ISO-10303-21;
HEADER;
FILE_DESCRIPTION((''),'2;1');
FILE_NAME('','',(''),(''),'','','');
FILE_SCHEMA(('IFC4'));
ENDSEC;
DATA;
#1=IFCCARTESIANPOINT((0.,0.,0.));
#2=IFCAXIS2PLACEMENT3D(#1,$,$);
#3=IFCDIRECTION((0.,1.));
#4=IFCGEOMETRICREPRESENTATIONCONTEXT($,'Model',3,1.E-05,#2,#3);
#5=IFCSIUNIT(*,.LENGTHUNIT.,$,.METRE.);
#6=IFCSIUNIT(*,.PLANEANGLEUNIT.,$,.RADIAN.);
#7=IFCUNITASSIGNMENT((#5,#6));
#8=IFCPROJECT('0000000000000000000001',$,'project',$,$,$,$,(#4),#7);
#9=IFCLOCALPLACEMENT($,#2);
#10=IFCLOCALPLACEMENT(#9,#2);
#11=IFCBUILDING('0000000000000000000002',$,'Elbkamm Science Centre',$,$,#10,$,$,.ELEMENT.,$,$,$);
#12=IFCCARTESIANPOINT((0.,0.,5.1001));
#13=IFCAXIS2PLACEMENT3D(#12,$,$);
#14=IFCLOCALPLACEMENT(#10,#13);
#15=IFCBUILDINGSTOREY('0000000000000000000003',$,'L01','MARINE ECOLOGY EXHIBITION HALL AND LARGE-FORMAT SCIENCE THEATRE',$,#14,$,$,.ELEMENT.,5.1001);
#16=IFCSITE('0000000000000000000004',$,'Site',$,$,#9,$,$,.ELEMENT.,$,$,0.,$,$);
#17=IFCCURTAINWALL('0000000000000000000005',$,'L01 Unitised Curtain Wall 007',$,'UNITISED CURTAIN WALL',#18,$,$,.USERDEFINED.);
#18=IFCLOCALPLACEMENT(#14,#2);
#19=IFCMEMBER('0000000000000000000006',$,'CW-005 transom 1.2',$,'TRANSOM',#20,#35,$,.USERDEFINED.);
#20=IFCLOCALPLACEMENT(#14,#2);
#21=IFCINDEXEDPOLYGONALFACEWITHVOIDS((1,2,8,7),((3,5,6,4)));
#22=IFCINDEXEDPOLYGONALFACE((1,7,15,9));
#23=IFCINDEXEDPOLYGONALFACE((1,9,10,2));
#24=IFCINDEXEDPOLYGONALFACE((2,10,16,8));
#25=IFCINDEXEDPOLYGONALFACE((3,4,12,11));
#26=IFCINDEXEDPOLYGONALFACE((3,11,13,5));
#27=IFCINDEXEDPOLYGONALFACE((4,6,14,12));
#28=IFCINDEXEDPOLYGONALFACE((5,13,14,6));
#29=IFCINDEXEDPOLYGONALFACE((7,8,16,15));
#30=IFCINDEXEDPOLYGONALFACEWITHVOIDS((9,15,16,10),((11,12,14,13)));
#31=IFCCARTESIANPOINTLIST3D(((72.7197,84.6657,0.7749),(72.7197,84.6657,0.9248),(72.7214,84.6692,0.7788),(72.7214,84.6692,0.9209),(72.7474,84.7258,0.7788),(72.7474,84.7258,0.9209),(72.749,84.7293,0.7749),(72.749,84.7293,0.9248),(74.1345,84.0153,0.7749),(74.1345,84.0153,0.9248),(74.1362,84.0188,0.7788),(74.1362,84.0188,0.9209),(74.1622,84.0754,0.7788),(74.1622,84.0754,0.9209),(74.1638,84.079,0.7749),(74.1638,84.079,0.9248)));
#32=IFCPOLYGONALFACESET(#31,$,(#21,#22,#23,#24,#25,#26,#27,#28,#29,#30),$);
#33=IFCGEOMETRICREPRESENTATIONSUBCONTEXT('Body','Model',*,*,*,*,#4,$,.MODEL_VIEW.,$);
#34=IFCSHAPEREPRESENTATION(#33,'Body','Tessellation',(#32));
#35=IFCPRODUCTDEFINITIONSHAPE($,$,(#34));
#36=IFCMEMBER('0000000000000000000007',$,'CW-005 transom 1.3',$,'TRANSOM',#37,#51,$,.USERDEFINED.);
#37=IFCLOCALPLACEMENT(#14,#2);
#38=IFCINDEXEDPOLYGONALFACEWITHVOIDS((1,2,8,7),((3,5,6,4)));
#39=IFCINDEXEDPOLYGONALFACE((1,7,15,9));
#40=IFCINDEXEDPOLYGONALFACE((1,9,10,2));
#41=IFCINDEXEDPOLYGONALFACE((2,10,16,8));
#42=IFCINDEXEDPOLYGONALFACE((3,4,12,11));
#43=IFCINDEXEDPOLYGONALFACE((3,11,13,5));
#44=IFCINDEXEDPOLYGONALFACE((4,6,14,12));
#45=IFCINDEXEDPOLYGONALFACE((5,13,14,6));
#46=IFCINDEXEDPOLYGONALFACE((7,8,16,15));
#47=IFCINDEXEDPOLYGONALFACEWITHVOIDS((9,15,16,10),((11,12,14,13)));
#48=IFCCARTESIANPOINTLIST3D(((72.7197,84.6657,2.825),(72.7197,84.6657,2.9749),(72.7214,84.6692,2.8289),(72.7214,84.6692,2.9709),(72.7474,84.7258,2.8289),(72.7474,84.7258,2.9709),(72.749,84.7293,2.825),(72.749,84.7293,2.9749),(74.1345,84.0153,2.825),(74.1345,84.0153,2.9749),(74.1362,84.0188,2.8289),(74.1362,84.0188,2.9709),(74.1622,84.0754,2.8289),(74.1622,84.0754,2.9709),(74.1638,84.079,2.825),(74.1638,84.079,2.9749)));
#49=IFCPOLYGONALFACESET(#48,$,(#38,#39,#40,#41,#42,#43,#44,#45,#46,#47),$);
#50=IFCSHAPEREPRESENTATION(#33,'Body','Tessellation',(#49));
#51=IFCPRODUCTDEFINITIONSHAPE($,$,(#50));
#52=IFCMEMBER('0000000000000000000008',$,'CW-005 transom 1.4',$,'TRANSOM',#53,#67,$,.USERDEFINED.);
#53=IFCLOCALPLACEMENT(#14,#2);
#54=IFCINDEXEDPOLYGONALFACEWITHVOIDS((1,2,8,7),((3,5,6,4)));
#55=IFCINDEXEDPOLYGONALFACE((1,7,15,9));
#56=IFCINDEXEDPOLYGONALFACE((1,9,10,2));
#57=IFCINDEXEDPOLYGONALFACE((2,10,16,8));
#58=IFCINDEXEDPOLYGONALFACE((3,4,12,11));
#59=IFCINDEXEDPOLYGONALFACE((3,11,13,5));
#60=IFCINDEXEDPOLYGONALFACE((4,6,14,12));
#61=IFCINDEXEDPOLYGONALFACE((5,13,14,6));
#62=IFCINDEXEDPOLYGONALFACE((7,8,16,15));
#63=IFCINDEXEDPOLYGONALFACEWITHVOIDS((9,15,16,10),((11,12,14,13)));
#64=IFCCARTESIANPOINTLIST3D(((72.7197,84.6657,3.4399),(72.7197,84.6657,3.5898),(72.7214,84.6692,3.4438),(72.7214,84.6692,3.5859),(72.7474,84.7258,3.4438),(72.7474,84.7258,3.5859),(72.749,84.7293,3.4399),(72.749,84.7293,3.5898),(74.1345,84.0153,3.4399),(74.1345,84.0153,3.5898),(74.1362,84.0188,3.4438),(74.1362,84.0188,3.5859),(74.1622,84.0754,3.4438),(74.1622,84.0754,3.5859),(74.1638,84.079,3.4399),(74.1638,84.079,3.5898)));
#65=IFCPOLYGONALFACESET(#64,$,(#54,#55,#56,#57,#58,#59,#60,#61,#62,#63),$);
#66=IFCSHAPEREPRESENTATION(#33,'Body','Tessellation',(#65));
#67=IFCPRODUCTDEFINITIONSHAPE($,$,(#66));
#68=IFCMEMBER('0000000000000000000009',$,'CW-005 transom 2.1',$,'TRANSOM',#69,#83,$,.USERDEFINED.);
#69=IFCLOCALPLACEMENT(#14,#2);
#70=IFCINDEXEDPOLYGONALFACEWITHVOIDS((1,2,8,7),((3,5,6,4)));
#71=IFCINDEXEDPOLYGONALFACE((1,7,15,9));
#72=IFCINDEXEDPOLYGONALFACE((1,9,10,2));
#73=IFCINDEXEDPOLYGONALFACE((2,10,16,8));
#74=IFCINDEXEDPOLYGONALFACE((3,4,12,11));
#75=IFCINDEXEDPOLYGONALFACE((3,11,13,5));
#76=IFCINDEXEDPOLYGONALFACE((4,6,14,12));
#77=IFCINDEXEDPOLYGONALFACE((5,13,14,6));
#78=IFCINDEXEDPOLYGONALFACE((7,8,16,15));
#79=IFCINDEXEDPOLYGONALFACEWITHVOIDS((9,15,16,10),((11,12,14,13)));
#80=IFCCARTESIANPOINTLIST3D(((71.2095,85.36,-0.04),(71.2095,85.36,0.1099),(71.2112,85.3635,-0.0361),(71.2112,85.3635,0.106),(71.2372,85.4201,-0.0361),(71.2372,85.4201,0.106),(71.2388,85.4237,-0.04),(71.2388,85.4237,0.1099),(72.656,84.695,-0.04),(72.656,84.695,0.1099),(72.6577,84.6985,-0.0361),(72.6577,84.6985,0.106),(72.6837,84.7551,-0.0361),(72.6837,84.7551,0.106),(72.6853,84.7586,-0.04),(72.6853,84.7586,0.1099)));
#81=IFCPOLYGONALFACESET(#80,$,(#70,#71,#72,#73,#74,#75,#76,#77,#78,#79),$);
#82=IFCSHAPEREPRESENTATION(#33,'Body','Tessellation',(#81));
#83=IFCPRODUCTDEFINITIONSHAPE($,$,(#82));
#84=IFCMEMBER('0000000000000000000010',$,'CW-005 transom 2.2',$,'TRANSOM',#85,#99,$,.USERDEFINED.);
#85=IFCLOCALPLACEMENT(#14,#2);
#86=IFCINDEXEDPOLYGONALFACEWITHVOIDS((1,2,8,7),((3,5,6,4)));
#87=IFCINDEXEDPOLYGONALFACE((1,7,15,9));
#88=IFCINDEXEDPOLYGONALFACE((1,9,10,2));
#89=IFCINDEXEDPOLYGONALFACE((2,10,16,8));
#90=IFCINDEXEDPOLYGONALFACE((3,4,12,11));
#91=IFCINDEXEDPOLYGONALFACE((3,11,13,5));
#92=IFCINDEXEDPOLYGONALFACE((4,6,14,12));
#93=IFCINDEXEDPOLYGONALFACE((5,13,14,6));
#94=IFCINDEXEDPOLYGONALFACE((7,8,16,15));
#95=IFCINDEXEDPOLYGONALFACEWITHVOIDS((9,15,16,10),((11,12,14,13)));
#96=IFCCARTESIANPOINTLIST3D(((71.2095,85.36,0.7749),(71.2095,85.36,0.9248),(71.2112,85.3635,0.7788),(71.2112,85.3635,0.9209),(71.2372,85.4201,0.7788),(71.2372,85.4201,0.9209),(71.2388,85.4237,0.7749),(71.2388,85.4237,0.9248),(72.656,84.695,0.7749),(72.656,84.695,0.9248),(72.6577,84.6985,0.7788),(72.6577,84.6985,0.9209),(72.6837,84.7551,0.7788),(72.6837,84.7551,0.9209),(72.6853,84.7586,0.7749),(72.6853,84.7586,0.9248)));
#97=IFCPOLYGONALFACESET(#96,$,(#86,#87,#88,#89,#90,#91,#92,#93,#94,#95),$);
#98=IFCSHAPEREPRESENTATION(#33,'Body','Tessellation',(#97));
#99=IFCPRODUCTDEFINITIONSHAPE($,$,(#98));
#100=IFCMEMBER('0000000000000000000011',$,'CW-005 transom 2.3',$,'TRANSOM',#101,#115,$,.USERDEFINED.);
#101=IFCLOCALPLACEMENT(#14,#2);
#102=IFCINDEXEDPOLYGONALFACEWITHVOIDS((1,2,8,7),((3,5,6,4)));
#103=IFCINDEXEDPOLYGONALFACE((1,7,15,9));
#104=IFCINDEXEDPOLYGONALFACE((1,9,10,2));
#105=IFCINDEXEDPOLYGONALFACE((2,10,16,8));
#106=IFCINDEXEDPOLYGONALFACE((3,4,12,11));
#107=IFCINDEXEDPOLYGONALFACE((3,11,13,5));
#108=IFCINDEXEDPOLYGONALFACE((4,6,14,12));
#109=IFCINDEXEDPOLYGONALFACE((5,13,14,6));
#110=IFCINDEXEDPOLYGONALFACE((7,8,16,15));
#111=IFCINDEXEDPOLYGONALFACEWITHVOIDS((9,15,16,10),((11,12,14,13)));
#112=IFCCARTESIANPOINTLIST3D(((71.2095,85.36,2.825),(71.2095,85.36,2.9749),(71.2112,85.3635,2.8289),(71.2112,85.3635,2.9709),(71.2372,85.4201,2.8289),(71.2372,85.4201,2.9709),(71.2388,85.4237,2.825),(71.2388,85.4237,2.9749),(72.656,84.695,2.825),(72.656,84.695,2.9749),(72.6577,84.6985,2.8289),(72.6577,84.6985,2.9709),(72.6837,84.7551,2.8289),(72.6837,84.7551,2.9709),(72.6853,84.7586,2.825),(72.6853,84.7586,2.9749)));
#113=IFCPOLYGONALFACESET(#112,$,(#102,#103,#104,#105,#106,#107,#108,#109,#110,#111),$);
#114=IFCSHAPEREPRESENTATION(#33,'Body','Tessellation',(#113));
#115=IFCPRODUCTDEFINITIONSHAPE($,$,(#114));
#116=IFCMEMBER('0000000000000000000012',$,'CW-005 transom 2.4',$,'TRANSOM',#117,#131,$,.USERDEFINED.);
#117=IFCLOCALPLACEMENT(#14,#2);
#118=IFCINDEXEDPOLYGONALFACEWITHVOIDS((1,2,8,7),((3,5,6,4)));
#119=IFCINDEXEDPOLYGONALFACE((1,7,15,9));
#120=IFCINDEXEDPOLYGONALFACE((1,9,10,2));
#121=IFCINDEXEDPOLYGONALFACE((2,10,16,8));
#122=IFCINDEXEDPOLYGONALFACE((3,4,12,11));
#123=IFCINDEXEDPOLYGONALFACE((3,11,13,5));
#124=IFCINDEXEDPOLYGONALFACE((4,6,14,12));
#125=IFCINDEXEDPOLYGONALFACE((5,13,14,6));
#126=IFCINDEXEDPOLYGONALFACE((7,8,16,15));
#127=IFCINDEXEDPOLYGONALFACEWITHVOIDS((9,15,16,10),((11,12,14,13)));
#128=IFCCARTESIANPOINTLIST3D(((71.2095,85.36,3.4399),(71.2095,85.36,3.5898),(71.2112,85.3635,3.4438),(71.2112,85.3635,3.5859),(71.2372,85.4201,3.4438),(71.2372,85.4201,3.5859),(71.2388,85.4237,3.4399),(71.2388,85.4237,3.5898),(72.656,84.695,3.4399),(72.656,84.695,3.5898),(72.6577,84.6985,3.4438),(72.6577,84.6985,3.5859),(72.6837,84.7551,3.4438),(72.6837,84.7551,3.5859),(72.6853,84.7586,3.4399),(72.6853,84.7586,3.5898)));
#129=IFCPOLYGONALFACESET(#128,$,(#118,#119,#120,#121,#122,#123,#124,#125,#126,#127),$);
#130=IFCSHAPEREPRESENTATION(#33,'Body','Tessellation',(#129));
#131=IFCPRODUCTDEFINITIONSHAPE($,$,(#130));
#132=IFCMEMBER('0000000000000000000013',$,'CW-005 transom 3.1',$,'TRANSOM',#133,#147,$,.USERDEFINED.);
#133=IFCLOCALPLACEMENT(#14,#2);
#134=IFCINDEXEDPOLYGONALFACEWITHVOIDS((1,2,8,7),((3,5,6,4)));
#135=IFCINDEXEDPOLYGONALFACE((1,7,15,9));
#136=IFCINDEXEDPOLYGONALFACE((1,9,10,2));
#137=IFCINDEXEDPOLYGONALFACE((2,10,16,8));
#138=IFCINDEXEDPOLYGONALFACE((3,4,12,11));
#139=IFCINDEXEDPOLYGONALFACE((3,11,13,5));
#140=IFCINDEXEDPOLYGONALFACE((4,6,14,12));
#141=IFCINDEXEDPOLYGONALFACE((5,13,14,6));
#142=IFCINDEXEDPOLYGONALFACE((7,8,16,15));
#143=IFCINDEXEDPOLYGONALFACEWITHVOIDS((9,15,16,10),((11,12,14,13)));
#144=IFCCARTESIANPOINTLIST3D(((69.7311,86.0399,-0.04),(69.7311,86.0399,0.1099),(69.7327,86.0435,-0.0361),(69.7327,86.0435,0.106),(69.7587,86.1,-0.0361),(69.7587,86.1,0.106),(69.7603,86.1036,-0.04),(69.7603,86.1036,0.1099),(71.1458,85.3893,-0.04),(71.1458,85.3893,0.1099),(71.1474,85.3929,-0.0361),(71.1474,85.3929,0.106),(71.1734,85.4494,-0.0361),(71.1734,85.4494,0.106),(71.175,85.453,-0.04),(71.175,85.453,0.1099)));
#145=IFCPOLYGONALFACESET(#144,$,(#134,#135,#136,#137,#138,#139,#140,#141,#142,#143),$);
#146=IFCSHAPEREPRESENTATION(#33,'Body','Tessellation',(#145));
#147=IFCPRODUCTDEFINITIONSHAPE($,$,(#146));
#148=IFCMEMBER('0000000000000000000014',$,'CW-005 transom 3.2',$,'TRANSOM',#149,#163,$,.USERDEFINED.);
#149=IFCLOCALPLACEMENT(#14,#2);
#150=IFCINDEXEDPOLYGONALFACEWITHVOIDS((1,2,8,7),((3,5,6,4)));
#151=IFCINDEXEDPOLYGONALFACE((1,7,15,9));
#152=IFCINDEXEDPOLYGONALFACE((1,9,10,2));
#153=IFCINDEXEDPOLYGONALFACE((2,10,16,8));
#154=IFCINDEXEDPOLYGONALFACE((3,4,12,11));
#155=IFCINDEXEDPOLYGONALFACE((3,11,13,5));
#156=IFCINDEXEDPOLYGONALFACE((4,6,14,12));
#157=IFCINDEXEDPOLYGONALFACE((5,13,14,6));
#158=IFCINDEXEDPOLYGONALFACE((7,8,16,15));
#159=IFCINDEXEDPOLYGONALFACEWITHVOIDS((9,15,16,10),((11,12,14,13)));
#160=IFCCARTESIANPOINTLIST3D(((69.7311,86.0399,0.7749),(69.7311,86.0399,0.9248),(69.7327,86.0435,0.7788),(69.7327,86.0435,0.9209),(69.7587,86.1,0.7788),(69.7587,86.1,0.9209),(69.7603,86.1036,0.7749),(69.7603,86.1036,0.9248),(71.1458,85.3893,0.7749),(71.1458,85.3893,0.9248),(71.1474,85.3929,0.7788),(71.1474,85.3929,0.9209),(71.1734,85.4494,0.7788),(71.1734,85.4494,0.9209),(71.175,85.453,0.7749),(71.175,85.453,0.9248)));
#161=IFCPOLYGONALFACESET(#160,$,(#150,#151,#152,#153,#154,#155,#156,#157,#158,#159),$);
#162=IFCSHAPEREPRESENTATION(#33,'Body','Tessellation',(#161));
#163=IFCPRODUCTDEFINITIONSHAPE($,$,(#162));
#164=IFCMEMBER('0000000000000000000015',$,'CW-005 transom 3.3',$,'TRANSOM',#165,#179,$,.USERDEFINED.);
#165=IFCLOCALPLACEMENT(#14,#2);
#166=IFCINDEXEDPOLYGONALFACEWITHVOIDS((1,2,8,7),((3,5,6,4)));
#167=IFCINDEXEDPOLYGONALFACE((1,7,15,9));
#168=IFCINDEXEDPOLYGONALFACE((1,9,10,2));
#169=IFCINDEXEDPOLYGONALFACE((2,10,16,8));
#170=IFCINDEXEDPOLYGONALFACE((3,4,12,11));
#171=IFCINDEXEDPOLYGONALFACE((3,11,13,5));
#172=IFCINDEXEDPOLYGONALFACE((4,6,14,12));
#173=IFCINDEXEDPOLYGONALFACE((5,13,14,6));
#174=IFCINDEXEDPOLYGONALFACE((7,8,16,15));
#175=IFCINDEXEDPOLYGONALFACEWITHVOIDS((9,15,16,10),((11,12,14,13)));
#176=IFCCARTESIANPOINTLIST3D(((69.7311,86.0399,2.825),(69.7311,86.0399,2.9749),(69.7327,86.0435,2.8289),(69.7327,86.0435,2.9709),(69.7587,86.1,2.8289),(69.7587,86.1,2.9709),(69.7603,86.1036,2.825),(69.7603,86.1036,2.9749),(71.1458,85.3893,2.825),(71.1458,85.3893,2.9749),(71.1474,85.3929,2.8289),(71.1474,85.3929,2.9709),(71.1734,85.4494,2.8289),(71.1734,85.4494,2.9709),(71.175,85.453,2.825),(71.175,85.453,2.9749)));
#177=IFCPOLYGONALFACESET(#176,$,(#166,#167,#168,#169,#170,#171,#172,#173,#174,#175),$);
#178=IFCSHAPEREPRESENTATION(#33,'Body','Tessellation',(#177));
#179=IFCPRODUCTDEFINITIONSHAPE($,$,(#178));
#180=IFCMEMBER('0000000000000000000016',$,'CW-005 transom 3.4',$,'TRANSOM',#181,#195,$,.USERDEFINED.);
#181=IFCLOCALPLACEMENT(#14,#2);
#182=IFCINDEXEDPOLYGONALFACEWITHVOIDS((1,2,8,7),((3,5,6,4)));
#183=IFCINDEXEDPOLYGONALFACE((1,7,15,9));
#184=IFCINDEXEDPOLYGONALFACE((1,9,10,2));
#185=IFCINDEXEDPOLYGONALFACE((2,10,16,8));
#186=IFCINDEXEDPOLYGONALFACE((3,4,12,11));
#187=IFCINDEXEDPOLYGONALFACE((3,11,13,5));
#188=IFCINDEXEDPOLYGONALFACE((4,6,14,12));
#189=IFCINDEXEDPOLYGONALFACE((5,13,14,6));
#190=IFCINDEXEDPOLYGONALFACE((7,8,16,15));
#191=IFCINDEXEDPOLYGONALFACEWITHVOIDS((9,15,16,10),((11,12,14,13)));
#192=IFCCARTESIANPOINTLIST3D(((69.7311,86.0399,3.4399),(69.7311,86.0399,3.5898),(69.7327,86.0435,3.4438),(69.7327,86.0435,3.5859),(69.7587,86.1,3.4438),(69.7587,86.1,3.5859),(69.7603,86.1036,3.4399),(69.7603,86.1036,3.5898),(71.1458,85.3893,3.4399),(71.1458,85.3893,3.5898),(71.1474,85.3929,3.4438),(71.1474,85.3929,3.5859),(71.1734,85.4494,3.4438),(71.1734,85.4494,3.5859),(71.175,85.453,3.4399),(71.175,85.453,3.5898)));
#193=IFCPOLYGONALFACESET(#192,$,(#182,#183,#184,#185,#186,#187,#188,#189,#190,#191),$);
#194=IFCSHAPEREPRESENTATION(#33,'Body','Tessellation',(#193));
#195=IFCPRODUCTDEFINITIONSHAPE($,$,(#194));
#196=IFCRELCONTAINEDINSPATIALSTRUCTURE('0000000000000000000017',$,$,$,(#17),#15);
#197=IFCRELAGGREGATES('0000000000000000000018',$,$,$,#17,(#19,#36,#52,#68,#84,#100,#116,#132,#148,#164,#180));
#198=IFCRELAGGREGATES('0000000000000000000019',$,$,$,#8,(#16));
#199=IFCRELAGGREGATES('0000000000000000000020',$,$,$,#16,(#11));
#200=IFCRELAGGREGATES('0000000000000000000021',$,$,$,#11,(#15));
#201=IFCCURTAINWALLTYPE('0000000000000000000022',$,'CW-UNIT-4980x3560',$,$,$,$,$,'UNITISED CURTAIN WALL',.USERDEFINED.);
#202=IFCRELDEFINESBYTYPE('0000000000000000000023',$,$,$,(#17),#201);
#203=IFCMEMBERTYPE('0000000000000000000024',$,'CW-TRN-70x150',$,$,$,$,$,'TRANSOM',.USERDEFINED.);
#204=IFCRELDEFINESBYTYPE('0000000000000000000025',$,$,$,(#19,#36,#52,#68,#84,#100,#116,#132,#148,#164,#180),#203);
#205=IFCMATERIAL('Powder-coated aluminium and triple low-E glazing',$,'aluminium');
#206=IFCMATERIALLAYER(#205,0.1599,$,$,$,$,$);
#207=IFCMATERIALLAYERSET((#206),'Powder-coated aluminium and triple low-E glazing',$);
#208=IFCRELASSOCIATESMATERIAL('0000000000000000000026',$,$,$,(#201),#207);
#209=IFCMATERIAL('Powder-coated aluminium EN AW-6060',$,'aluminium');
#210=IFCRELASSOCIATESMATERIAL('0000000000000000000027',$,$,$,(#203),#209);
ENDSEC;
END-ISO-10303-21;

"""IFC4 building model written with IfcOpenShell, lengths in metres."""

from ifc_helpers import new_model, si_unit, direction, frame, origin, origin_2d, place, context, subcontext, project, spatial, hollow_rectangle, extrude, material, layer, layer_set, material_profile, profile_set, type_object, element, aggregate, save


model = new_model("IFC4")

# Units and contexts
model_context = context("Model", 3, precision=1e-05, world=origin(), true_north=direction((0.0, 1.0)))
body_context = subcontext(model_context, "Body", "Model", "MODEL_VIEW")
ifc_project = project(units=[si_unit("LENGTHUNIT", "METRE"), si_unit("PLANEANGLEUNIT", "RADIAN")], contexts=[model_context])

# Site, building, storey
site_placement = place(None, origin())
site = spatial("IfcSite", under=ifc_project, at=site_placement, Name="Site", CompositionType="ELEMENT", RefElevation=0.0)
building_placement = place(site_placement, origin())
building = spatial("IfcBuilding", under=site, at=building_placement, Name="Elbkamm Science Centre", CompositionType="ELEMENT")
storey_placement = place(building_placement, frame((0.0, 0.0, 5.1001)))
storey = spatial("IfcBuildingStorey", under=building, at=storey_placement, Name="L01", Description="MARINE ECOLOGY EXHIBITION HALL AND LARGE-FORMAT SCIENCE THEATRE", CompositionType="ELEMENT", Elevation=5.1001)

# Shared definitions
ifc_material_1 = material(Name="Powder-coated aluminium and triple low-E glazing", Category="aluminium")
ifc_material_2 = material(Name="Powder-coated aluminium EN AW-6060", Category="aluminium")

# Curtain wall
ifc_layer_1 = layer(ifc_material_1, 0.1599)
ifc_layer_set_1 = layer_set([ifc_layer_1], Name="Powder-coated aluminium and triple low-E glazing")
curtain_wall_type_1 = type_object("IfcCurtainWallType", Name="CW-UNIT-4980x3560", ElementType="UNITISED CURTAIN WALL", PredefinedType="USERDEFINED", material=ifc_layer_set_1)
curtain_wall_1_placement = place(storey_placement, origin())
curtain_wall_1 = element("IfcCurtainWall", 1, at=curtain_wall_1_placement, inside=storey, type_object=curtain_wall_type_1, Name="L01 Unitised Curtain Wall 007", ObjectType="UNITISED CURTAIN WALL", PredefinedType="USERDEFINED")

# Members
ifc_material_profile_1 = material_profile(ifc_material_2, hollow_rectangle(XDim=0.0701, YDim=0.1499, WallThickness=0.0039, at=origin_2d()), Name="ALU T70x150")
ifc_profile_set_1 = profile_set([ifc_material_profile_1], Name="Powder-coated aluminium EN AW-6060")
member_type_1 = type_object("IfcMemberType", Name="CW-TRN-70x150", ElementType="TRANSOM", PredefinedType="USERDEFINED", material=ifc_profile_set_1)
member_1_placement = place(storey_placement, frame((74.1492, 84.0471, 0.8499), z_axis=(-0.908592, 0.417686, 0.0), x_axis=(-0.417686, -0.908592, 0.0)))
member_1 = element("IfcMember", 2, at=member_1_placement, type_object=member_type_1, Name="CW-005 transom 1.2", ObjectType="TRANSOM", PredefinedType="USERDEFINED", context=body_context, shape_type="SweptSolid", body=[
    extrude(hollow_rectangle(XDim=0.0701, YDim=0.1499, WallThickness=0.0039, at=origin_2d()), origin(), (0.0, 0.0, 1.0), 1.5571),
])
member_2_placement = place(storey_placement, frame((74.1492, 84.0471, 2.8999), z_axis=(-0.908592, 0.417686, 0.0), x_axis=(-0.417686, -0.908592, 0.0)))
member_2 = element("IfcMember", 3, at=member_2_placement, type_object=member_type_1, Name="CW-005 transom 1.3", ObjectType="TRANSOM", PredefinedType="USERDEFINED", context=body_context, shape_type="SweptSolid", body=[
    extrude(hollow_rectangle(XDim=0.0701, YDim=0.1499, WallThickness=0.0039, at=origin_2d()), origin(), (0.0, 0.0, 1.0), 1.5571),
])
member_3_placement = place(storey_placement, frame((74.1492, 84.0471, 3.5149), z_axis=(-0.908592, 0.417686, 0.0), x_axis=(-0.417686, -0.908592, 0.0)))
member_3 = element("IfcMember", 4, at=member_3_placement, type_object=member_type_1, Name="CW-005 transom 1.4", ObjectType="TRANSOM", PredefinedType="USERDEFINED", context=body_context, shape_type="SweptSolid", body=[
    extrude(hollow_rectangle(XDim=0.0701, YDim=0.1499, WallThickness=0.0039, at=origin_2d()), origin(), (0.0, 0.0, 1.0), 1.5571),
])
member_4_placement = place(storey_placement, frame((72.6707, 84.7268, 0.0349), z_axis=(-0.908578, 0.417716, 0.0), x_axis=(-0.417716, -0.908578, 0.0)))
member_4 = element("IfcMember", 5, at=member_4_placement, type_object=member_type_1, Name="CW-005 transom 2.1", ObjectType="TRANSOM", PredefinedType="USERDEFINED", context=body_context, shape_type="SweptSolid", body=[
    extrude(hollow_rectangle(XDim=0.0701, YDim=0.1499, WallThickness=0.0039, at=origin_2d()), origin(), (0.0, 0.0, 1.0), 1.592),
])
member_5_placement = place(storey_placement, frame((72.6707, 84.7268, 0.8499), z_axis=(-0.908578, 0.417716, 0.0), x_axis=(-0.417716, -0.908578, 0.0)))
member_5 = element("IfcMember", 6, at=member_5_placement, type_object=member_type_1, Name="CW-005 transom 2.2", ObjectType="TRANSOM", PredefinedType="USERDEFINED", context=body_context, shape_type="SweptSolid", body=[
    extrude(hollow_rectangle(XDim=0.0701, YDim=0.1499, WallThickness=0.0039, at=origin_2d()), origin(), (0.0, 0.0, 1.0), 1.592),
])
member_6_placement = place(storey_placement, frame((72.6707, 84.7268, 2.8999), z_axis=(-0.908578, 0.417716, 0.0), x_axis=(-0.417716, -0.908578, 0.0)))
member_6 = element("IfcMember", 7, at=member_6_placement, type_object=member_type_1, Name="CW-005 transom 2.3", ObjectType="TRANSOM", PredefinedType="USERDEFINED", context=body_context, shape_type="SweptSolid", body=[
    extrude(hollow_rectangle(XDim=0.0701, YDim=0.1499, WallThickness=0.0039, at=origin_2d()), origin(), (0.0, 0.0, 1.0), 1.592),
])
member_7_placement = place(storey_placement, frame((72.6707, 84.7268, 3.5149), z_axis=(-0.908578, 0.417716, 0.0), x_axis=(-0.417716, -0.908578, 0.0)))
member_7 = element("IfcMember", 8, at=member_7_placement, type_object=member_type_1, Name="CW-005 transom 2.4", ObjectType="TRANSOM", PredefinedType="USERDEFINED", context=body_context, shape_type="SweptSolid", body=[
    extrude(hollow_rectangle(XDim=0.0701, YDim=0.1499, WallThickness=0.0039, at=origin_2d()), origin(), (0.0, 0.0, 1.0), 1.592),
])
member_8_placement = place(storey_placement, frame((71.1604, 85.4211, 0.0349), z_axis=(-0.908532, 0.417815, 0.0), x_axis=(-0.417815, -0.908532, 0.0)))
member_8 = element("IfcMember", 9, at=member_8_placement, type_object=member_type_1, Name="CW-005 transom 3.1", ObjectType="TRANSOM", PredefinedType="USERDEFINED", context=body_context, shape_type="SweptSolid", body=[
    extrude(hollow_rectangle(XDim=0.0701, YDim=0.1499, WallThickness=0.0039, at=origin_2d()), origin(), (0.0, 0.0, 1.0), 1.5571),
])
member_9_placement = place(storey_placement, frame((71.1604, 85.4211, 0.8499), z_axis=(-0.908532, 0.417815, 0.0), x_axis=(-0.417815, -0.908532, 0.0)))
member_9 = element("IfcMember", 10, at=member_9_placement, type_object=member_type_1, Name="CW-005 transom 3.2", ObjectType="TRANSOM", PredefinedType="USERDEFINED", context=body_context, shape_type="SweptSolid", body=[
    extrude(hollow_rectangle(XDim=0.0701, YDim=0.1499, WallThickness=0.0039, at=origin_2d()), origin(), (0.0, 0.0, 1.0), 1.5571),
])
member_10_placement = place(storey_placement, frame((71.1604, 85.4211, 2.8999), z_axis=(-0.908532, 0.417815, 0.0), x_axis=(-0.417815, -0.908532, 0.0)))
member_10 = element("IfcMember", 11, at=member_10_placement, type_object=member_type_1, Name="CW-005 transom 3.3", ObjectType="TRANSOM", PredefinedType="USERDEFINED", context=body_context, shape_type="SweptSolid", body=[
    extrude(hollow_rectangle(XDim=0.0701, YDim=0.1499, WallThickness=0.0039, at=origin_2d()), origin(), (0.0, 0.0, 1.0), 1.5571),
])
member_11_placement = place(storey_placement, frame((71.1604, 85.4211, 3.5149), z_axis=(-0.908532, 0.417815, 0.0), x_axis=(-0.417815, -0.908532, 0.0)))
member_11 = element("IfcMember", 12, at=member_11_placement, type_object=member_type_1, Name="CW-005 transom 3.4", ObjectType="TRANSOM", PredefinedType="USERDEFINED", context=body_context, shape_type="SweptSolid", body=[
    extrude(hollow_rectangle(XDim=0.0701, YDim=0.1499, WallThickness=0.0039, at=origin_2d()), origin(), (0.0, 0.0, 1.0), 1.5571),
])

aggregate(curtain_wall_1, [member_1, member_2, member_3, member_4, member_5, member_6, member_7, member_8, member_9, member_10, member_11])

save(model, "model.ifc")
